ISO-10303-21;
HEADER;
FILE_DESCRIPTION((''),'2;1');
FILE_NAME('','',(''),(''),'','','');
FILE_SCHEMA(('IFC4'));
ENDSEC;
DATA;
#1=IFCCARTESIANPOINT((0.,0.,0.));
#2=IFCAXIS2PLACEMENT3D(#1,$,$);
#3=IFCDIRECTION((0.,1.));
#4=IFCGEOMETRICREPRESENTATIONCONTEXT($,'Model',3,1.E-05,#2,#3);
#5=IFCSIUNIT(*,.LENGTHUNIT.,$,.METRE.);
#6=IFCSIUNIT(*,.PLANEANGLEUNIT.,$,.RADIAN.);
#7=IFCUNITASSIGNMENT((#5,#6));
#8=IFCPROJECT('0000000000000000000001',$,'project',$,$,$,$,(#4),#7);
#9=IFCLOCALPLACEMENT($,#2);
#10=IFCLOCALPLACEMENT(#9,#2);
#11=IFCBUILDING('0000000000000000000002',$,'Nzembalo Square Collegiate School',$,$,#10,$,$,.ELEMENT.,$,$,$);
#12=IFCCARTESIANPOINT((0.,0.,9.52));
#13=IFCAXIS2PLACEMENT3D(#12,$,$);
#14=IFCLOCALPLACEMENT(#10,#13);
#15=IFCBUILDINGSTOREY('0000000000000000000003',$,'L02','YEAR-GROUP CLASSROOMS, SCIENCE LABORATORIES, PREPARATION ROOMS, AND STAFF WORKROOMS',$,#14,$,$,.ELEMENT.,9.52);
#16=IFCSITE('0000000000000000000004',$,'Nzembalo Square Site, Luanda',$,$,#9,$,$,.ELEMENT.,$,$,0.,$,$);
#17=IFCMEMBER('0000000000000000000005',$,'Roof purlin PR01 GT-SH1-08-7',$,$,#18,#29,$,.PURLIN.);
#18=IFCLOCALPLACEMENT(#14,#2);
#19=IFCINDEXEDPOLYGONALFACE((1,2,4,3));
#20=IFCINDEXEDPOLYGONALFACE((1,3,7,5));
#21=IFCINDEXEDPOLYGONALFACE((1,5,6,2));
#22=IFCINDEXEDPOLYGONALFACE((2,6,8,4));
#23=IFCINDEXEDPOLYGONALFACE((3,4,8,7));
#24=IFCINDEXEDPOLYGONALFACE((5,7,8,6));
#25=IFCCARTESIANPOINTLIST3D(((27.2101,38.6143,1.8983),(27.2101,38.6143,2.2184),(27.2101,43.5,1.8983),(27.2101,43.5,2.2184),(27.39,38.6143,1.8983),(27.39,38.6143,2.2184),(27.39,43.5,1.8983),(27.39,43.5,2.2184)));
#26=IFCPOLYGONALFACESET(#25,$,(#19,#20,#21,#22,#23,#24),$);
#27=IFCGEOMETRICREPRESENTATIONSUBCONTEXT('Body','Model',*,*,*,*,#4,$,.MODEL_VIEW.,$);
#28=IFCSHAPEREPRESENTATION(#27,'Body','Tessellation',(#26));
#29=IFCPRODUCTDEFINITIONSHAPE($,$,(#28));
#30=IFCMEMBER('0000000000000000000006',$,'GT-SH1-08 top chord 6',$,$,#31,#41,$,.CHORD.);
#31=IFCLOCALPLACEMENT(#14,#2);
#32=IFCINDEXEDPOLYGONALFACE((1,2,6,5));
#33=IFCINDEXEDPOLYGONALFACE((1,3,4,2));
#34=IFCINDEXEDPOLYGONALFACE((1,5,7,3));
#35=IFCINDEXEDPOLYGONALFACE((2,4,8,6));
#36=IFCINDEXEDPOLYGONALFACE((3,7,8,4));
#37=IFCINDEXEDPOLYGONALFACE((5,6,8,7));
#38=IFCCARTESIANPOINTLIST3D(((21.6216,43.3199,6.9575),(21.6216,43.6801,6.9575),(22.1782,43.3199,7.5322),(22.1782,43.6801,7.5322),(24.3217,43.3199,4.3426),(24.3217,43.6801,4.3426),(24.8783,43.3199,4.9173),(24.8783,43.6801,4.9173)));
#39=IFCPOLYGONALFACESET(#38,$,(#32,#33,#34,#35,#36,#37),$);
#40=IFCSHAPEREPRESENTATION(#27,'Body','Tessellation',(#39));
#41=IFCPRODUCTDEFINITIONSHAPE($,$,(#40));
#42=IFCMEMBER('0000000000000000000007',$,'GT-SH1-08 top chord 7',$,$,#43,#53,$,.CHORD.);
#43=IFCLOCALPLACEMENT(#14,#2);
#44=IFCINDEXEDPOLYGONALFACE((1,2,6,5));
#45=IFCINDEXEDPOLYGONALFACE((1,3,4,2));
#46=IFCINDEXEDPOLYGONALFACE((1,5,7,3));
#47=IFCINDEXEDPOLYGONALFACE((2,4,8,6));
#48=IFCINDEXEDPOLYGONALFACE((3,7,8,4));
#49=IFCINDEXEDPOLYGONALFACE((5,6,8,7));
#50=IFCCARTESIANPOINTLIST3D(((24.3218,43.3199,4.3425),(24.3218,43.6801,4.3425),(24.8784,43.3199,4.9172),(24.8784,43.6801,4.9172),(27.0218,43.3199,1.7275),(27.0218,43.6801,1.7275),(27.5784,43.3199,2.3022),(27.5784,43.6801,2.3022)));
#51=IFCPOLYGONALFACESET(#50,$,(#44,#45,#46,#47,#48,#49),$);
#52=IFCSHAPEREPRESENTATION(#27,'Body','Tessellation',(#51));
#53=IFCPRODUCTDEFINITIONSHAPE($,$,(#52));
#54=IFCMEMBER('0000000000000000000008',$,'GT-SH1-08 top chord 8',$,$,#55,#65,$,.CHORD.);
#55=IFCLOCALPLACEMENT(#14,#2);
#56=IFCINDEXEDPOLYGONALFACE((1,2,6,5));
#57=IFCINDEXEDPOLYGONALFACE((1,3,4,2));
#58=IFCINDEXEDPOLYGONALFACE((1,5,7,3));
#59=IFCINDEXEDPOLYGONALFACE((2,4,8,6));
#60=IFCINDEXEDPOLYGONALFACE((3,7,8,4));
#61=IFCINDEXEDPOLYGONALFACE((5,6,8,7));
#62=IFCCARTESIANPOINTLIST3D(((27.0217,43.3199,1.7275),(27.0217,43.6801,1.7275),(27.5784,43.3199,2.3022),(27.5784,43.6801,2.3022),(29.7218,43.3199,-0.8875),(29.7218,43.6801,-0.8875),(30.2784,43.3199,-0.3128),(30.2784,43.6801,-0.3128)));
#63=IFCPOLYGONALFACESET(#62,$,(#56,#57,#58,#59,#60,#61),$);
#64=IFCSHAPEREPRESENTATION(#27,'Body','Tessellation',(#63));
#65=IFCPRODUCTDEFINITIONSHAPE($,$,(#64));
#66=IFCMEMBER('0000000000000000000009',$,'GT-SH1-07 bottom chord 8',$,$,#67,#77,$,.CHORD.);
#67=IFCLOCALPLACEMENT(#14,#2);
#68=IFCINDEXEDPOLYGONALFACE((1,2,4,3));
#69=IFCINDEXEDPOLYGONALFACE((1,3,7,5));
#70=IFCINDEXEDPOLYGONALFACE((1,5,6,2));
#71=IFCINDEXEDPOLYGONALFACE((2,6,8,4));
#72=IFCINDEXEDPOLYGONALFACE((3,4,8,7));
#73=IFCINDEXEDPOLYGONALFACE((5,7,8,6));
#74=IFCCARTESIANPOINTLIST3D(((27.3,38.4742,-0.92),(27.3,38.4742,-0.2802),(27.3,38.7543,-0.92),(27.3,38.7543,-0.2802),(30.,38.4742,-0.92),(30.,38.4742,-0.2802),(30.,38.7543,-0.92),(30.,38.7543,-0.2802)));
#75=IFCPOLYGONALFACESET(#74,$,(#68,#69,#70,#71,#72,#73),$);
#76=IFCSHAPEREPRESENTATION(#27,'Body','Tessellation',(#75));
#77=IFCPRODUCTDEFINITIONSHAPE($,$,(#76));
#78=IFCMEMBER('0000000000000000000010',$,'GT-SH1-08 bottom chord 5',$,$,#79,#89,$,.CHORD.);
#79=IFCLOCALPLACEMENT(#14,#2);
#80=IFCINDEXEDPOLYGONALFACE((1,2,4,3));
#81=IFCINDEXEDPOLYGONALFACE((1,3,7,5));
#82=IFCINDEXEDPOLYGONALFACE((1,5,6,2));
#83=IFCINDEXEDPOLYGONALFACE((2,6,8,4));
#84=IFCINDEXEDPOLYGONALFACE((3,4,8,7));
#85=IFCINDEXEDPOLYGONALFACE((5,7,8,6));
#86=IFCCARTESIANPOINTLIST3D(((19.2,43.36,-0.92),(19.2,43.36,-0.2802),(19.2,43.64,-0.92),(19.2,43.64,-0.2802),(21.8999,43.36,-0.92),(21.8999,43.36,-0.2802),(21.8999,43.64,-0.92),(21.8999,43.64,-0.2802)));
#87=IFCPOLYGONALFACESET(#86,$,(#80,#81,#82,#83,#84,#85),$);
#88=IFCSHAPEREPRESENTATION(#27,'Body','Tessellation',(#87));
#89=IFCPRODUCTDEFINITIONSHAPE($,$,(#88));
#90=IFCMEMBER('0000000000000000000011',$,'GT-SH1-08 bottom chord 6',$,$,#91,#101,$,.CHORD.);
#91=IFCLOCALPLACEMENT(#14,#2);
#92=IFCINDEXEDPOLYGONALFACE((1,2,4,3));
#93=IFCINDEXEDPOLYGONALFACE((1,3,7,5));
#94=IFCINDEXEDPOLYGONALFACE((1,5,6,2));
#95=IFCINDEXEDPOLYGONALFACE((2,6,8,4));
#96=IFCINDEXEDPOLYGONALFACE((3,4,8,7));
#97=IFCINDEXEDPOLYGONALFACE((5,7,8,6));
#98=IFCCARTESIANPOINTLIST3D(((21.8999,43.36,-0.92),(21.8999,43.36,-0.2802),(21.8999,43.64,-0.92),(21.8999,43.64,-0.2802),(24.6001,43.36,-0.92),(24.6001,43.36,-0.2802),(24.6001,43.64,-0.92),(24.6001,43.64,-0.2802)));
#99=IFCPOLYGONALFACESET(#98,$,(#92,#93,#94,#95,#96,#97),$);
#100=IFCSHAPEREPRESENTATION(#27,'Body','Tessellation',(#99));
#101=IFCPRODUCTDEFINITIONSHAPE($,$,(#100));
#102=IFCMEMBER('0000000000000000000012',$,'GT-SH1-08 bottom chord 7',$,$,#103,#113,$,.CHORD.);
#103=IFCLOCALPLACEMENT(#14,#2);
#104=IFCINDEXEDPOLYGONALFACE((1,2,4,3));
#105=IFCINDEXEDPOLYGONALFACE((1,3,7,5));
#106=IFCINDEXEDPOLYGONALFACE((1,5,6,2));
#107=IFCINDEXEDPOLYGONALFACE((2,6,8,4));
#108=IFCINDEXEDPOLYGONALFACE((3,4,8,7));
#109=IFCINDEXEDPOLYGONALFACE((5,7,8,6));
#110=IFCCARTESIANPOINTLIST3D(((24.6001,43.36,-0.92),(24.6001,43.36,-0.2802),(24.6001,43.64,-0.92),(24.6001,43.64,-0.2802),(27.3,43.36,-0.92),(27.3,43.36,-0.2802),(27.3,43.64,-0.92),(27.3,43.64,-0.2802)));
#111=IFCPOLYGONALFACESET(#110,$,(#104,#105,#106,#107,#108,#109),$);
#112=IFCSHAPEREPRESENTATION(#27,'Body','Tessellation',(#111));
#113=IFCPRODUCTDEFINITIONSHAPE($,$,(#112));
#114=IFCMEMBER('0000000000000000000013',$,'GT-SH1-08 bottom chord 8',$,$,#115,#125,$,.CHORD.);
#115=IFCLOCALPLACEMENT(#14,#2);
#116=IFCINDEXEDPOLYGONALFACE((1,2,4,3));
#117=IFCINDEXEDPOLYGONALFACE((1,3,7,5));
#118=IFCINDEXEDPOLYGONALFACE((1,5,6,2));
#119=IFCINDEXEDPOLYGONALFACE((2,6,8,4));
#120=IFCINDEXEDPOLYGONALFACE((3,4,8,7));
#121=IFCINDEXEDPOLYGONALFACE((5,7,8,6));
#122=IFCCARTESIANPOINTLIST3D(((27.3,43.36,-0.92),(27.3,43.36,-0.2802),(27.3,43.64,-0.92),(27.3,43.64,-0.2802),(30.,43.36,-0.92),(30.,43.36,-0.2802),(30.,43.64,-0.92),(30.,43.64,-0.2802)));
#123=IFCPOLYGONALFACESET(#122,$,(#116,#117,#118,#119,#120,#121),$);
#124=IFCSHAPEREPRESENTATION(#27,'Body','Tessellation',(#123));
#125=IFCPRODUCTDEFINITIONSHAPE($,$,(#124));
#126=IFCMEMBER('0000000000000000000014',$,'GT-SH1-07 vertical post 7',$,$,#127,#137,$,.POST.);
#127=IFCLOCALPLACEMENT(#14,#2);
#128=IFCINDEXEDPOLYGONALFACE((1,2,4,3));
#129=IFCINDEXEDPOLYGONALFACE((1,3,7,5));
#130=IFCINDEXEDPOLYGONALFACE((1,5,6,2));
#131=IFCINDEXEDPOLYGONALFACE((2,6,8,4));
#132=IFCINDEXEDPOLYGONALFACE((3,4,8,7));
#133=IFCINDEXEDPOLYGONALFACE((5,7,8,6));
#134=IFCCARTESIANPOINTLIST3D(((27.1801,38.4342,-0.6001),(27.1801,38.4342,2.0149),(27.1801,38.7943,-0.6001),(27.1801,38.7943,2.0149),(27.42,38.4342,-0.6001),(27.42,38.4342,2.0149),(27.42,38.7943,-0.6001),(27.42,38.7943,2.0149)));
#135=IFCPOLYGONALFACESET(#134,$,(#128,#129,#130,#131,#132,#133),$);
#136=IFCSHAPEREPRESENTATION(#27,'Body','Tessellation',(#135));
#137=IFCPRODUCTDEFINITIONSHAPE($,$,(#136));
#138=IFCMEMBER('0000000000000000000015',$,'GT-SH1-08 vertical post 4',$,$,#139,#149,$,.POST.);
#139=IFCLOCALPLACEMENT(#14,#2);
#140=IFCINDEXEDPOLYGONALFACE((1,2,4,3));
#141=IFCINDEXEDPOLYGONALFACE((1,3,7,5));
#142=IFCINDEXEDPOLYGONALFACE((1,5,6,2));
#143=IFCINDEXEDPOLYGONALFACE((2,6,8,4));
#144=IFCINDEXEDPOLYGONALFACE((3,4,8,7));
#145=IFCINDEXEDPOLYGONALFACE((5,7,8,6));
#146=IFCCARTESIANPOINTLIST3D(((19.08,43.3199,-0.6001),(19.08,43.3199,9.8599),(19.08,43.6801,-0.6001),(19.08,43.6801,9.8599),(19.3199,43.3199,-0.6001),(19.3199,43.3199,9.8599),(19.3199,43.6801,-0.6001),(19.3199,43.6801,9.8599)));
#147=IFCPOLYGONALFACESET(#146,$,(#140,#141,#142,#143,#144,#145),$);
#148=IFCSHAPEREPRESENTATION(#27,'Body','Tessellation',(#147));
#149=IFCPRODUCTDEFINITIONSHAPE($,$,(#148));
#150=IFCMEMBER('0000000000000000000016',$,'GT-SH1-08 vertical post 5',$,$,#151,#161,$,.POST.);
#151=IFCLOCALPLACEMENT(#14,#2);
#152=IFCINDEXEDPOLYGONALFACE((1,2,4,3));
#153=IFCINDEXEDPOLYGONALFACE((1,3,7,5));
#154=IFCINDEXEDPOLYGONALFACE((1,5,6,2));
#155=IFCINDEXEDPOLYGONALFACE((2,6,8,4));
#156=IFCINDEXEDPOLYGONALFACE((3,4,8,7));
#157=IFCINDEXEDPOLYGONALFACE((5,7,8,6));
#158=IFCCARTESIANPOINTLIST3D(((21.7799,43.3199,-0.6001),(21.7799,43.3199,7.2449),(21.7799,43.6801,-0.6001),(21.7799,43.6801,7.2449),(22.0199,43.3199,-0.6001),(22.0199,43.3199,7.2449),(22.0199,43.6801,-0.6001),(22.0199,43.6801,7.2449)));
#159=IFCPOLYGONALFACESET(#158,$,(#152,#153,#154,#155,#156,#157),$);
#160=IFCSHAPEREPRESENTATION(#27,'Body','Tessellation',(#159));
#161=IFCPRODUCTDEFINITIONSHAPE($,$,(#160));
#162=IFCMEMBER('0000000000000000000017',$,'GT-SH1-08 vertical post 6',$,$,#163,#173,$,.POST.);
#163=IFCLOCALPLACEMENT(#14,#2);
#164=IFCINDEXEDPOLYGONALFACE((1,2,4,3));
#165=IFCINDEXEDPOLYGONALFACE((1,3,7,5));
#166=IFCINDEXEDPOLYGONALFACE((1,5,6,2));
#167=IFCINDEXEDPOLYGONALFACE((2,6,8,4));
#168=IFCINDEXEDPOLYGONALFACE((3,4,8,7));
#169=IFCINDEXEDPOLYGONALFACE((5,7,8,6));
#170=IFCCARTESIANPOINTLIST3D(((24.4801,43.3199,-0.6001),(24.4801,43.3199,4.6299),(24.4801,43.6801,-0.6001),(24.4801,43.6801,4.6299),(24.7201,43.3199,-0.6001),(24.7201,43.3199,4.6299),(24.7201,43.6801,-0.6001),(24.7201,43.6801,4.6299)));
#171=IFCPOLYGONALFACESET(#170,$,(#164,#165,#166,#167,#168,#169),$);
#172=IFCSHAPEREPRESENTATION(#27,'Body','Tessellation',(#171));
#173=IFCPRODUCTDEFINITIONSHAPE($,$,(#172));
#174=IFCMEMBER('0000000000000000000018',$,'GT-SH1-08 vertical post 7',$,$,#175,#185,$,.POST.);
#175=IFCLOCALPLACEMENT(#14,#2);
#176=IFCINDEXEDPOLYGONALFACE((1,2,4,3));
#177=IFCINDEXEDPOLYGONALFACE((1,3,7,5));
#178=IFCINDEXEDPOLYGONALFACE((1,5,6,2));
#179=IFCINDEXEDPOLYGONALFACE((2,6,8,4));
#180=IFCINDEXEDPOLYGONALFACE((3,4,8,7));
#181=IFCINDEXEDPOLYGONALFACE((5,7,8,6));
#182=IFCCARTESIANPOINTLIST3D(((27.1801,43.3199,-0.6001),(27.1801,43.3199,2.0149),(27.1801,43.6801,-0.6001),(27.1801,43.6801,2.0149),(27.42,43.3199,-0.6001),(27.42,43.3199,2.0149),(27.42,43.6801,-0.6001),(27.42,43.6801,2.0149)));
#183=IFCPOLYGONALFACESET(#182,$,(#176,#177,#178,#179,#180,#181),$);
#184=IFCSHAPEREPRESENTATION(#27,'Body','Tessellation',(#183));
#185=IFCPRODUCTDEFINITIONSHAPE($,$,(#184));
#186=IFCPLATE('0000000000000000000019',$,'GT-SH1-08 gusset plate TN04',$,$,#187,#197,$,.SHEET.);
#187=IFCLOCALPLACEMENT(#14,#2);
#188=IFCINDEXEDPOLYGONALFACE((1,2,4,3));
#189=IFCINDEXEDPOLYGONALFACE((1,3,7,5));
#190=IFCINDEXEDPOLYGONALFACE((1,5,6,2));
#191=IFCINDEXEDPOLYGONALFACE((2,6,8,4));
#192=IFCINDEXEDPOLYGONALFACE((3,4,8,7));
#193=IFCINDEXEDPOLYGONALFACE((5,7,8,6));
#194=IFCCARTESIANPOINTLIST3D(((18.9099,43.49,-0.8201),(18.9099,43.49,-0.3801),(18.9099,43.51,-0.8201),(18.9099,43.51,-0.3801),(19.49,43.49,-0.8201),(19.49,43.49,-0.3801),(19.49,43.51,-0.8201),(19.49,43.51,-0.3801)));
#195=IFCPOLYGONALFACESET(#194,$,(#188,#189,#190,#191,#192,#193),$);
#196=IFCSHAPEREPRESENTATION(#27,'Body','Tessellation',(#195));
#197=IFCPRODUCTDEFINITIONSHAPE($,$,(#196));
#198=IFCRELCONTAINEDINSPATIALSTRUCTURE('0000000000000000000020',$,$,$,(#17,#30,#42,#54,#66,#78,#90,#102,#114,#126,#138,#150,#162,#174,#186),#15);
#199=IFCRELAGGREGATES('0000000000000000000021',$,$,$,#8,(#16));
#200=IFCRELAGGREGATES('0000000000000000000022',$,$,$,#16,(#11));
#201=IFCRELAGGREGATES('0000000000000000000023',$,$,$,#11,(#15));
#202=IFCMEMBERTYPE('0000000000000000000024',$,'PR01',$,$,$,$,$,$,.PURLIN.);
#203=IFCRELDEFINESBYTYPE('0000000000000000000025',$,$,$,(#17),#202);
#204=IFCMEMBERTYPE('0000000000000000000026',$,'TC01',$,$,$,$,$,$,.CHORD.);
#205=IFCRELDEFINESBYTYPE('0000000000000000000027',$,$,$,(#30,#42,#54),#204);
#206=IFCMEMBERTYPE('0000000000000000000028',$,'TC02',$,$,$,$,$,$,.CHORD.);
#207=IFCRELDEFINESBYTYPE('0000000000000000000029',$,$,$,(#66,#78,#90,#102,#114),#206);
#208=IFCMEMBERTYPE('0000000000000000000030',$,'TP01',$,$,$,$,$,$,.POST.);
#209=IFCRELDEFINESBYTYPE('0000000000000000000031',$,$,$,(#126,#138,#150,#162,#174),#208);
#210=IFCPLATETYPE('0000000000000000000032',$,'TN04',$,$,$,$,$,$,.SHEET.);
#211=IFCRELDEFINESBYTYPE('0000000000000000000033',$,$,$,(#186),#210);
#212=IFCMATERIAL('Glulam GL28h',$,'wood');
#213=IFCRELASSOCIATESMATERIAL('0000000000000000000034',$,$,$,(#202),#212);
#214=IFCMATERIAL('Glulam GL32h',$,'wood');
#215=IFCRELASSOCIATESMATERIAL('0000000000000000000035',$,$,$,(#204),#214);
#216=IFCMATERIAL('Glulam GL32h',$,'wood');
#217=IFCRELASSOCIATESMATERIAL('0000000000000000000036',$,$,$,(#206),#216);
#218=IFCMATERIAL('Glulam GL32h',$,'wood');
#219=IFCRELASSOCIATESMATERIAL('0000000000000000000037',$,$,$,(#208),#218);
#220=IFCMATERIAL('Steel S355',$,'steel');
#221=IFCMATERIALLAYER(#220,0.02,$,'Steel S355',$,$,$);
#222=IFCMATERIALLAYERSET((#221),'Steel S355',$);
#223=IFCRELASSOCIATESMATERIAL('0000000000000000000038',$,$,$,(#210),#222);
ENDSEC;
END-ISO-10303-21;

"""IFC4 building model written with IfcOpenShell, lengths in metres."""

from ifc_helpers import new_model, si_unit, direction, frame, origin, origin_2d, place, context, subcontext, project, spatial, rectangle, extrude, material, layer, layer_set, material_profile, profile_set, type_object, element, save


model = new_model("IFC4")

# Units and contexts
model_context = context("Model", 3, precision=1e-05, world=origin(), true_north=direction((0.0, 1.0)))
body_context = subcontext(model_context, "Body", "Model", "MODEL_VIEW")
ifc_project = project(units=[si_unit("LENGTHUNIT", "METRE"), si_unit("PLANEANGLEUNIT", "RADIAN")], contexts=[model_context])

# Site, building, storey
site_placement = place(None, origin())
site = spatial("IfcSite", under=ifc_project, at=site_placement, Name="Nzembalo Square Site, Luanda", CompositionType="ELEMENT", RefElevation=0.0)
building_placement = place(site_placement, origin())
building = spatial("IfcBuilding", under=site, at=building_placement, Name="Nzembalo Square Collegiate School", CompositionType="ELEMENT")
storey_placement = place(building_placement, frame((0.0, 0.0, 9.52)))
storey = spatial("IfcBuildingStorey", under=building, at=storey_placement, Name="L02", Description="YEAR-GROUP CLASSROOMS, SCIENCE LABORATORIES, PREPARATION ROOMS, AND STAFF WORKROOMS", CompositionType="ELEMENT", Elevation=9.52)

# Members
ifc_material_1 = material(Name="Glulam GL28h", Category="wood")
ifc_material_profile_1 = material_profile(ifc_material_1, rectangle(XDim=0.1799, YDim=0.3201, at=origin_2d()), Name="GL28h 180x320")
ifc_profile_set_1 = profile_set([ifc_material_profile_1], Name="Glulam GL28h")
member_type_1 = type_object("IfcMemberType", Name="PR01", PredefinedType="PURLIN", material=ifc_profile_set_1)
member_1_placement = place(storey_placement, frame((27.3, 38.6143, 2.0583), z_axis=(0.0, 1.0, 0.0), x_axis=(-1.0, 0.0, 0.0)))
element("IfcMember", 1, at=member_1_placement, inside=storey, type_object=member_type_1, Name="Roof purlin PR01 GT-SH1-08-7", PredefinedType="PURLIN", context=body_context, shape_type="SweptSolid", body=[
    extrude(rectangle(XDim=0.1799, YDim=0.3201, at=origin_2d()), origin(), (0.0, 0.0, 1.0), 4.8857),
])
ifc_material_2 = material(Name="Glulam GL32h", Category="wood")
ifc_material_profile_2 = material_profile(ifc_material_2, rectangle(XDim=0.3601, YDim=0.8, at=origin_2d()), Name="GL32h 360x800")
ifc_profile_set_2 = profile_set([ifc_material_profile_2], Name="Glulam GL32h")
member_type_2 = type_object("IfcMemberType", Name="TC01", PredefinedType="CHORD", material=ifc_profile_set_2)
for number, where, z_axis, x_axis, name in (
    (2, (21.8999, 43.5, 7.2449), (0.71835, 0.0, -0.695682), (0.0, 1.0, 0.0), "GT-SH1-08 top chord 6"),
    (3, (24.6001, 43.5, 4.6299), (0.718318, 0.0, -0.695715), (0.0, 1.0, 0.0), "GT-SH1-08 top chord 7"),
    (4, (27.3, 43.5, 2.0149), (0.718318, 0.0, -0.695715), (0.0, 1.0, 0.0), "GT-SH1-08 top chord 8"),
):
    element("IfcMember", number, at=place(storey_placement, frame(where, z_axis=z_axis, x_axis=x_axis)), inside=storey, type_object=member_type_2, Name=name, PredefinedType="CHORD", context=body_context, shape_type="SweptSolid", body=[
        extrude(rectangle(XDim=0.3601, YDim=0.8, at=origin_2d()), origin(), (0.0, 0.0, 1.0), 3.7588),
    ])
ifc_material_3 = material(Name="Glulam GL32h", Category="wood")
ifc_material_profile_3 = material_profile(ifc_material_3, rectangle(XDim=0.28, YDim=0.6399, at=origin_2d()), Name="GL32h 280x640")
ifc_profile_set_3 = profile_set([ifc_material_profile_3], Name="Glulam GL32h")
member_type_3 = type_object("IfcMemberType", Name="TC02", PredefinedType="CHORD", material=ifc_profile_set_3)
for number, where, z_axis, x_axis, name in (
    (5, (27.3, 38.6143, -0.6001), (1.0, 0.0, 0.0), (0.0, 1.0, 0.0), "GT-SH1-07 bottom chord 8"),
    (6, (19.2, 43.5, -0.6001), (1.0, 0.0, 0.0), (0.0, 1.0, 0.0), "GT-SH1-08 bottom chord 5"),
):
    element("IfcMember", number, at=place(storey_placement, frame(where, z_axis=z_axis, x_axis=x_axis)), inside=storey, type_object=member_type_3, Name=name, PredefinedType="CHORD", context=body_context, shape_type="SweptSolid", body=[
        extrude(rectangle(XDim=0.28, YDim=0.6399, at=origin_2d()), origin(), (0.0, 0.0, 1.0), 2.7),
    ])
member_2_placement = place(storey_placement, frame((21.8999, 43.5, -0.6001), z_axis=(1.0, 0.0, 0.0), x_axis=(0.0, 1.0, 0.0)))
element("IfcMember", 7, at=member_2_placement, inside=storey, type_object=member_type_3, Name="GT-SH1-08 bottom chord 6", PredefinedType="CHORD", context=body_context, shape_type="SweptSolid", body=[
    extrude(rectangle(XDim=0.28, YDim=0.6399, at=origin_2d()), origin(), (0.0, 0.0, 1.0), 2.7002),
])
for number, where, z_axis, x_axis, name in (
    (8, (24.6001, 43.5, -0.6001), (1.0, 0.0, 0.0), (0.0, 1.0, 0.0), "GT-SH1-08 bottom chord 7"),
    (9, (27.3, 43.5, -0.6001), (1.0, 0.0, 0.0), (0.0, 1.0, 0.0), "GT-SH1-08 bottom chord 8"),
):
    element("IfcMember", number, at=place(storey_placement, frame(where, z_axis=z_axis, x_axis=x_axis)), inside=storey, type_object=member_type_3, Name=name, PredefinedType="CHORD", context=body_context, shape_type="SweptSolid", body=[
        extrude(rectangle(XDim=0.28, YDim=0.6399, at=origin_2d()), origin(), (0.0, 0.0, 1.0), 2.7),
    ])
ifc_material_4 = material(Name="Glulam GL32h", Category="wood")
ifc_material_profile_4 = material_profile(ifc_material_4, rectangle(XDim=0.24, YDim=0.3601, at=origin_2d()), Name="GL32h 240x360")
ifc_profile_set_4 = profile_set([ifc_material_profile_4], Name="Glulam GL32h")
member_type_4 = type_object("IfcMemberType", Name="TP01", PredefinedType="POST", material=ifc_profile_set_4)
member_3_placement = place(storey_placement, frame((27.3, 38.6143, -0.6001), z_axis=(0.0, 0.0, 1.0), x_axis=(1.0, 0.0, 0.0)))
element("IfcMember", 10, at=member_3_placement, inside=storey, type_object=member_type_4, Name="GT-SH1-07 vertical post 7", PredefinedType="POST", context=body_context, shape_type="SweptSolid", body=[
    extrude(rectangle(XDim=0.24, YDim=0.3601, at=origin_2d()), origin(), (0.0, 0.0, 1.0), 2.615),
])
member_4_placement = place(storey_placement, frame((19.2, 43.5, -0.6001), z_axis=(0.0, 0.0, 1.0), x_axis=(1.0, 0.0, 0.0)))
element("IfcMember", 11, at=member_4_placement, inside=storey, type_object=member_type_4, Name="GT-SH1-08 vertical post 4", PredefinedType="POST", context=body_context, shape_type="SweptSolid", body=[
    extrude(rectangle(XDim=0.24, YDim=0.3601, at=origin_2d()), origin(), (0.0, 0.0, 1.0), 10.46),
])
member_5_placement = place(storey_placement, frame((21.8999, 43.5, -0.6001), z_axis=(0.0, 0.0, 1.0), x_axis=(1.0, 0.0, 0.0)))
element("IfcMember", 12, at=member_5_placement, inside=storey, type_object=member_type_4, Name="GT-SH1-08 vertical post 5", PredefinedType="POST", context=body_context, shape_type="SweptSolid", body=[
    extrude(rectangle(XDim=0.24, YDim=0.3601, at=origin_2d()), origin(), (0.0, 0.0, 1.0), 7.845),
])
member_6_placement = place(storey_placement, frame((24.6001, 43.5, -0.6001), z_axis=(0.0, 0.0, 1.0), x_axis=(1.0, 0.0, 0.0)))
element("IfcMember", 13, at=member_6_placement, inside=storey, type_object=member_type_4, Name="GT-SH1-08 vertical post 6", PredefinedType="POST", context=body_context, shape_type="SweptSolid", body=[
    extrude(rectangle(XDim=0.24, YDim=0.3601, at=origin_2d()), origin(), (0.0, 0.0, 1.0), 5.23),
])
member_7_placement = place(storey_placement, frame((27.3, 43.5, -0.6001), z_axis=(0.0, 0.0, 1.0), x_axis=(1.0, 0.0, 0.0)))
element("IfcMember", 14, at=member_7_placement, inside=storey, type_object=member_type_4, Name="GT-SH1-08 vertical post 7", PredefinedType="POST", context=body_context, shape_type="SweptSolid", body=[
    extrude(rectangle(XDim=0.24, YDim=0.3601, at=origin_2d()), origin(), (0.0, 0.0, 1.0), 2.615),
])

# Plate
ifc_material_5 = material(Name="Steel S355", Category="steel")
ifc_layer_1 = layer(ifc_material_5, 0.02, Name="Steel S355")
ifc_layer_set_1 = layer_set([ifc_layer_1], Name="Steel S355")
plate_type_1 = type_object("IfcPlateType", Name="TN04", PredefinedType="SHEET", material=ifc_layer_set_1)
plate_1_placement = place(storey_placement, frame((19.2, 43.5, -0.8201), z_axis=(0.0, 0.0, 1.0), x_axis=(1.0, 0.0, 0.0)))
element("IfcPlate", 15, at=plate_1_placement, inside=storey, type_object=plate_type_1, Name="GT-SH1-08 gusset plate TN04", PredefinedType="SHEET", context=body_context, shape_type="SweptSolid", body=[
    extrude(rectangle(XDim=0.5801, YDim=0.02, at=origin_2d()), origin(), (0.0, 0.0, 1.0), 0.4399),
])

save(model, "model.ifc")
